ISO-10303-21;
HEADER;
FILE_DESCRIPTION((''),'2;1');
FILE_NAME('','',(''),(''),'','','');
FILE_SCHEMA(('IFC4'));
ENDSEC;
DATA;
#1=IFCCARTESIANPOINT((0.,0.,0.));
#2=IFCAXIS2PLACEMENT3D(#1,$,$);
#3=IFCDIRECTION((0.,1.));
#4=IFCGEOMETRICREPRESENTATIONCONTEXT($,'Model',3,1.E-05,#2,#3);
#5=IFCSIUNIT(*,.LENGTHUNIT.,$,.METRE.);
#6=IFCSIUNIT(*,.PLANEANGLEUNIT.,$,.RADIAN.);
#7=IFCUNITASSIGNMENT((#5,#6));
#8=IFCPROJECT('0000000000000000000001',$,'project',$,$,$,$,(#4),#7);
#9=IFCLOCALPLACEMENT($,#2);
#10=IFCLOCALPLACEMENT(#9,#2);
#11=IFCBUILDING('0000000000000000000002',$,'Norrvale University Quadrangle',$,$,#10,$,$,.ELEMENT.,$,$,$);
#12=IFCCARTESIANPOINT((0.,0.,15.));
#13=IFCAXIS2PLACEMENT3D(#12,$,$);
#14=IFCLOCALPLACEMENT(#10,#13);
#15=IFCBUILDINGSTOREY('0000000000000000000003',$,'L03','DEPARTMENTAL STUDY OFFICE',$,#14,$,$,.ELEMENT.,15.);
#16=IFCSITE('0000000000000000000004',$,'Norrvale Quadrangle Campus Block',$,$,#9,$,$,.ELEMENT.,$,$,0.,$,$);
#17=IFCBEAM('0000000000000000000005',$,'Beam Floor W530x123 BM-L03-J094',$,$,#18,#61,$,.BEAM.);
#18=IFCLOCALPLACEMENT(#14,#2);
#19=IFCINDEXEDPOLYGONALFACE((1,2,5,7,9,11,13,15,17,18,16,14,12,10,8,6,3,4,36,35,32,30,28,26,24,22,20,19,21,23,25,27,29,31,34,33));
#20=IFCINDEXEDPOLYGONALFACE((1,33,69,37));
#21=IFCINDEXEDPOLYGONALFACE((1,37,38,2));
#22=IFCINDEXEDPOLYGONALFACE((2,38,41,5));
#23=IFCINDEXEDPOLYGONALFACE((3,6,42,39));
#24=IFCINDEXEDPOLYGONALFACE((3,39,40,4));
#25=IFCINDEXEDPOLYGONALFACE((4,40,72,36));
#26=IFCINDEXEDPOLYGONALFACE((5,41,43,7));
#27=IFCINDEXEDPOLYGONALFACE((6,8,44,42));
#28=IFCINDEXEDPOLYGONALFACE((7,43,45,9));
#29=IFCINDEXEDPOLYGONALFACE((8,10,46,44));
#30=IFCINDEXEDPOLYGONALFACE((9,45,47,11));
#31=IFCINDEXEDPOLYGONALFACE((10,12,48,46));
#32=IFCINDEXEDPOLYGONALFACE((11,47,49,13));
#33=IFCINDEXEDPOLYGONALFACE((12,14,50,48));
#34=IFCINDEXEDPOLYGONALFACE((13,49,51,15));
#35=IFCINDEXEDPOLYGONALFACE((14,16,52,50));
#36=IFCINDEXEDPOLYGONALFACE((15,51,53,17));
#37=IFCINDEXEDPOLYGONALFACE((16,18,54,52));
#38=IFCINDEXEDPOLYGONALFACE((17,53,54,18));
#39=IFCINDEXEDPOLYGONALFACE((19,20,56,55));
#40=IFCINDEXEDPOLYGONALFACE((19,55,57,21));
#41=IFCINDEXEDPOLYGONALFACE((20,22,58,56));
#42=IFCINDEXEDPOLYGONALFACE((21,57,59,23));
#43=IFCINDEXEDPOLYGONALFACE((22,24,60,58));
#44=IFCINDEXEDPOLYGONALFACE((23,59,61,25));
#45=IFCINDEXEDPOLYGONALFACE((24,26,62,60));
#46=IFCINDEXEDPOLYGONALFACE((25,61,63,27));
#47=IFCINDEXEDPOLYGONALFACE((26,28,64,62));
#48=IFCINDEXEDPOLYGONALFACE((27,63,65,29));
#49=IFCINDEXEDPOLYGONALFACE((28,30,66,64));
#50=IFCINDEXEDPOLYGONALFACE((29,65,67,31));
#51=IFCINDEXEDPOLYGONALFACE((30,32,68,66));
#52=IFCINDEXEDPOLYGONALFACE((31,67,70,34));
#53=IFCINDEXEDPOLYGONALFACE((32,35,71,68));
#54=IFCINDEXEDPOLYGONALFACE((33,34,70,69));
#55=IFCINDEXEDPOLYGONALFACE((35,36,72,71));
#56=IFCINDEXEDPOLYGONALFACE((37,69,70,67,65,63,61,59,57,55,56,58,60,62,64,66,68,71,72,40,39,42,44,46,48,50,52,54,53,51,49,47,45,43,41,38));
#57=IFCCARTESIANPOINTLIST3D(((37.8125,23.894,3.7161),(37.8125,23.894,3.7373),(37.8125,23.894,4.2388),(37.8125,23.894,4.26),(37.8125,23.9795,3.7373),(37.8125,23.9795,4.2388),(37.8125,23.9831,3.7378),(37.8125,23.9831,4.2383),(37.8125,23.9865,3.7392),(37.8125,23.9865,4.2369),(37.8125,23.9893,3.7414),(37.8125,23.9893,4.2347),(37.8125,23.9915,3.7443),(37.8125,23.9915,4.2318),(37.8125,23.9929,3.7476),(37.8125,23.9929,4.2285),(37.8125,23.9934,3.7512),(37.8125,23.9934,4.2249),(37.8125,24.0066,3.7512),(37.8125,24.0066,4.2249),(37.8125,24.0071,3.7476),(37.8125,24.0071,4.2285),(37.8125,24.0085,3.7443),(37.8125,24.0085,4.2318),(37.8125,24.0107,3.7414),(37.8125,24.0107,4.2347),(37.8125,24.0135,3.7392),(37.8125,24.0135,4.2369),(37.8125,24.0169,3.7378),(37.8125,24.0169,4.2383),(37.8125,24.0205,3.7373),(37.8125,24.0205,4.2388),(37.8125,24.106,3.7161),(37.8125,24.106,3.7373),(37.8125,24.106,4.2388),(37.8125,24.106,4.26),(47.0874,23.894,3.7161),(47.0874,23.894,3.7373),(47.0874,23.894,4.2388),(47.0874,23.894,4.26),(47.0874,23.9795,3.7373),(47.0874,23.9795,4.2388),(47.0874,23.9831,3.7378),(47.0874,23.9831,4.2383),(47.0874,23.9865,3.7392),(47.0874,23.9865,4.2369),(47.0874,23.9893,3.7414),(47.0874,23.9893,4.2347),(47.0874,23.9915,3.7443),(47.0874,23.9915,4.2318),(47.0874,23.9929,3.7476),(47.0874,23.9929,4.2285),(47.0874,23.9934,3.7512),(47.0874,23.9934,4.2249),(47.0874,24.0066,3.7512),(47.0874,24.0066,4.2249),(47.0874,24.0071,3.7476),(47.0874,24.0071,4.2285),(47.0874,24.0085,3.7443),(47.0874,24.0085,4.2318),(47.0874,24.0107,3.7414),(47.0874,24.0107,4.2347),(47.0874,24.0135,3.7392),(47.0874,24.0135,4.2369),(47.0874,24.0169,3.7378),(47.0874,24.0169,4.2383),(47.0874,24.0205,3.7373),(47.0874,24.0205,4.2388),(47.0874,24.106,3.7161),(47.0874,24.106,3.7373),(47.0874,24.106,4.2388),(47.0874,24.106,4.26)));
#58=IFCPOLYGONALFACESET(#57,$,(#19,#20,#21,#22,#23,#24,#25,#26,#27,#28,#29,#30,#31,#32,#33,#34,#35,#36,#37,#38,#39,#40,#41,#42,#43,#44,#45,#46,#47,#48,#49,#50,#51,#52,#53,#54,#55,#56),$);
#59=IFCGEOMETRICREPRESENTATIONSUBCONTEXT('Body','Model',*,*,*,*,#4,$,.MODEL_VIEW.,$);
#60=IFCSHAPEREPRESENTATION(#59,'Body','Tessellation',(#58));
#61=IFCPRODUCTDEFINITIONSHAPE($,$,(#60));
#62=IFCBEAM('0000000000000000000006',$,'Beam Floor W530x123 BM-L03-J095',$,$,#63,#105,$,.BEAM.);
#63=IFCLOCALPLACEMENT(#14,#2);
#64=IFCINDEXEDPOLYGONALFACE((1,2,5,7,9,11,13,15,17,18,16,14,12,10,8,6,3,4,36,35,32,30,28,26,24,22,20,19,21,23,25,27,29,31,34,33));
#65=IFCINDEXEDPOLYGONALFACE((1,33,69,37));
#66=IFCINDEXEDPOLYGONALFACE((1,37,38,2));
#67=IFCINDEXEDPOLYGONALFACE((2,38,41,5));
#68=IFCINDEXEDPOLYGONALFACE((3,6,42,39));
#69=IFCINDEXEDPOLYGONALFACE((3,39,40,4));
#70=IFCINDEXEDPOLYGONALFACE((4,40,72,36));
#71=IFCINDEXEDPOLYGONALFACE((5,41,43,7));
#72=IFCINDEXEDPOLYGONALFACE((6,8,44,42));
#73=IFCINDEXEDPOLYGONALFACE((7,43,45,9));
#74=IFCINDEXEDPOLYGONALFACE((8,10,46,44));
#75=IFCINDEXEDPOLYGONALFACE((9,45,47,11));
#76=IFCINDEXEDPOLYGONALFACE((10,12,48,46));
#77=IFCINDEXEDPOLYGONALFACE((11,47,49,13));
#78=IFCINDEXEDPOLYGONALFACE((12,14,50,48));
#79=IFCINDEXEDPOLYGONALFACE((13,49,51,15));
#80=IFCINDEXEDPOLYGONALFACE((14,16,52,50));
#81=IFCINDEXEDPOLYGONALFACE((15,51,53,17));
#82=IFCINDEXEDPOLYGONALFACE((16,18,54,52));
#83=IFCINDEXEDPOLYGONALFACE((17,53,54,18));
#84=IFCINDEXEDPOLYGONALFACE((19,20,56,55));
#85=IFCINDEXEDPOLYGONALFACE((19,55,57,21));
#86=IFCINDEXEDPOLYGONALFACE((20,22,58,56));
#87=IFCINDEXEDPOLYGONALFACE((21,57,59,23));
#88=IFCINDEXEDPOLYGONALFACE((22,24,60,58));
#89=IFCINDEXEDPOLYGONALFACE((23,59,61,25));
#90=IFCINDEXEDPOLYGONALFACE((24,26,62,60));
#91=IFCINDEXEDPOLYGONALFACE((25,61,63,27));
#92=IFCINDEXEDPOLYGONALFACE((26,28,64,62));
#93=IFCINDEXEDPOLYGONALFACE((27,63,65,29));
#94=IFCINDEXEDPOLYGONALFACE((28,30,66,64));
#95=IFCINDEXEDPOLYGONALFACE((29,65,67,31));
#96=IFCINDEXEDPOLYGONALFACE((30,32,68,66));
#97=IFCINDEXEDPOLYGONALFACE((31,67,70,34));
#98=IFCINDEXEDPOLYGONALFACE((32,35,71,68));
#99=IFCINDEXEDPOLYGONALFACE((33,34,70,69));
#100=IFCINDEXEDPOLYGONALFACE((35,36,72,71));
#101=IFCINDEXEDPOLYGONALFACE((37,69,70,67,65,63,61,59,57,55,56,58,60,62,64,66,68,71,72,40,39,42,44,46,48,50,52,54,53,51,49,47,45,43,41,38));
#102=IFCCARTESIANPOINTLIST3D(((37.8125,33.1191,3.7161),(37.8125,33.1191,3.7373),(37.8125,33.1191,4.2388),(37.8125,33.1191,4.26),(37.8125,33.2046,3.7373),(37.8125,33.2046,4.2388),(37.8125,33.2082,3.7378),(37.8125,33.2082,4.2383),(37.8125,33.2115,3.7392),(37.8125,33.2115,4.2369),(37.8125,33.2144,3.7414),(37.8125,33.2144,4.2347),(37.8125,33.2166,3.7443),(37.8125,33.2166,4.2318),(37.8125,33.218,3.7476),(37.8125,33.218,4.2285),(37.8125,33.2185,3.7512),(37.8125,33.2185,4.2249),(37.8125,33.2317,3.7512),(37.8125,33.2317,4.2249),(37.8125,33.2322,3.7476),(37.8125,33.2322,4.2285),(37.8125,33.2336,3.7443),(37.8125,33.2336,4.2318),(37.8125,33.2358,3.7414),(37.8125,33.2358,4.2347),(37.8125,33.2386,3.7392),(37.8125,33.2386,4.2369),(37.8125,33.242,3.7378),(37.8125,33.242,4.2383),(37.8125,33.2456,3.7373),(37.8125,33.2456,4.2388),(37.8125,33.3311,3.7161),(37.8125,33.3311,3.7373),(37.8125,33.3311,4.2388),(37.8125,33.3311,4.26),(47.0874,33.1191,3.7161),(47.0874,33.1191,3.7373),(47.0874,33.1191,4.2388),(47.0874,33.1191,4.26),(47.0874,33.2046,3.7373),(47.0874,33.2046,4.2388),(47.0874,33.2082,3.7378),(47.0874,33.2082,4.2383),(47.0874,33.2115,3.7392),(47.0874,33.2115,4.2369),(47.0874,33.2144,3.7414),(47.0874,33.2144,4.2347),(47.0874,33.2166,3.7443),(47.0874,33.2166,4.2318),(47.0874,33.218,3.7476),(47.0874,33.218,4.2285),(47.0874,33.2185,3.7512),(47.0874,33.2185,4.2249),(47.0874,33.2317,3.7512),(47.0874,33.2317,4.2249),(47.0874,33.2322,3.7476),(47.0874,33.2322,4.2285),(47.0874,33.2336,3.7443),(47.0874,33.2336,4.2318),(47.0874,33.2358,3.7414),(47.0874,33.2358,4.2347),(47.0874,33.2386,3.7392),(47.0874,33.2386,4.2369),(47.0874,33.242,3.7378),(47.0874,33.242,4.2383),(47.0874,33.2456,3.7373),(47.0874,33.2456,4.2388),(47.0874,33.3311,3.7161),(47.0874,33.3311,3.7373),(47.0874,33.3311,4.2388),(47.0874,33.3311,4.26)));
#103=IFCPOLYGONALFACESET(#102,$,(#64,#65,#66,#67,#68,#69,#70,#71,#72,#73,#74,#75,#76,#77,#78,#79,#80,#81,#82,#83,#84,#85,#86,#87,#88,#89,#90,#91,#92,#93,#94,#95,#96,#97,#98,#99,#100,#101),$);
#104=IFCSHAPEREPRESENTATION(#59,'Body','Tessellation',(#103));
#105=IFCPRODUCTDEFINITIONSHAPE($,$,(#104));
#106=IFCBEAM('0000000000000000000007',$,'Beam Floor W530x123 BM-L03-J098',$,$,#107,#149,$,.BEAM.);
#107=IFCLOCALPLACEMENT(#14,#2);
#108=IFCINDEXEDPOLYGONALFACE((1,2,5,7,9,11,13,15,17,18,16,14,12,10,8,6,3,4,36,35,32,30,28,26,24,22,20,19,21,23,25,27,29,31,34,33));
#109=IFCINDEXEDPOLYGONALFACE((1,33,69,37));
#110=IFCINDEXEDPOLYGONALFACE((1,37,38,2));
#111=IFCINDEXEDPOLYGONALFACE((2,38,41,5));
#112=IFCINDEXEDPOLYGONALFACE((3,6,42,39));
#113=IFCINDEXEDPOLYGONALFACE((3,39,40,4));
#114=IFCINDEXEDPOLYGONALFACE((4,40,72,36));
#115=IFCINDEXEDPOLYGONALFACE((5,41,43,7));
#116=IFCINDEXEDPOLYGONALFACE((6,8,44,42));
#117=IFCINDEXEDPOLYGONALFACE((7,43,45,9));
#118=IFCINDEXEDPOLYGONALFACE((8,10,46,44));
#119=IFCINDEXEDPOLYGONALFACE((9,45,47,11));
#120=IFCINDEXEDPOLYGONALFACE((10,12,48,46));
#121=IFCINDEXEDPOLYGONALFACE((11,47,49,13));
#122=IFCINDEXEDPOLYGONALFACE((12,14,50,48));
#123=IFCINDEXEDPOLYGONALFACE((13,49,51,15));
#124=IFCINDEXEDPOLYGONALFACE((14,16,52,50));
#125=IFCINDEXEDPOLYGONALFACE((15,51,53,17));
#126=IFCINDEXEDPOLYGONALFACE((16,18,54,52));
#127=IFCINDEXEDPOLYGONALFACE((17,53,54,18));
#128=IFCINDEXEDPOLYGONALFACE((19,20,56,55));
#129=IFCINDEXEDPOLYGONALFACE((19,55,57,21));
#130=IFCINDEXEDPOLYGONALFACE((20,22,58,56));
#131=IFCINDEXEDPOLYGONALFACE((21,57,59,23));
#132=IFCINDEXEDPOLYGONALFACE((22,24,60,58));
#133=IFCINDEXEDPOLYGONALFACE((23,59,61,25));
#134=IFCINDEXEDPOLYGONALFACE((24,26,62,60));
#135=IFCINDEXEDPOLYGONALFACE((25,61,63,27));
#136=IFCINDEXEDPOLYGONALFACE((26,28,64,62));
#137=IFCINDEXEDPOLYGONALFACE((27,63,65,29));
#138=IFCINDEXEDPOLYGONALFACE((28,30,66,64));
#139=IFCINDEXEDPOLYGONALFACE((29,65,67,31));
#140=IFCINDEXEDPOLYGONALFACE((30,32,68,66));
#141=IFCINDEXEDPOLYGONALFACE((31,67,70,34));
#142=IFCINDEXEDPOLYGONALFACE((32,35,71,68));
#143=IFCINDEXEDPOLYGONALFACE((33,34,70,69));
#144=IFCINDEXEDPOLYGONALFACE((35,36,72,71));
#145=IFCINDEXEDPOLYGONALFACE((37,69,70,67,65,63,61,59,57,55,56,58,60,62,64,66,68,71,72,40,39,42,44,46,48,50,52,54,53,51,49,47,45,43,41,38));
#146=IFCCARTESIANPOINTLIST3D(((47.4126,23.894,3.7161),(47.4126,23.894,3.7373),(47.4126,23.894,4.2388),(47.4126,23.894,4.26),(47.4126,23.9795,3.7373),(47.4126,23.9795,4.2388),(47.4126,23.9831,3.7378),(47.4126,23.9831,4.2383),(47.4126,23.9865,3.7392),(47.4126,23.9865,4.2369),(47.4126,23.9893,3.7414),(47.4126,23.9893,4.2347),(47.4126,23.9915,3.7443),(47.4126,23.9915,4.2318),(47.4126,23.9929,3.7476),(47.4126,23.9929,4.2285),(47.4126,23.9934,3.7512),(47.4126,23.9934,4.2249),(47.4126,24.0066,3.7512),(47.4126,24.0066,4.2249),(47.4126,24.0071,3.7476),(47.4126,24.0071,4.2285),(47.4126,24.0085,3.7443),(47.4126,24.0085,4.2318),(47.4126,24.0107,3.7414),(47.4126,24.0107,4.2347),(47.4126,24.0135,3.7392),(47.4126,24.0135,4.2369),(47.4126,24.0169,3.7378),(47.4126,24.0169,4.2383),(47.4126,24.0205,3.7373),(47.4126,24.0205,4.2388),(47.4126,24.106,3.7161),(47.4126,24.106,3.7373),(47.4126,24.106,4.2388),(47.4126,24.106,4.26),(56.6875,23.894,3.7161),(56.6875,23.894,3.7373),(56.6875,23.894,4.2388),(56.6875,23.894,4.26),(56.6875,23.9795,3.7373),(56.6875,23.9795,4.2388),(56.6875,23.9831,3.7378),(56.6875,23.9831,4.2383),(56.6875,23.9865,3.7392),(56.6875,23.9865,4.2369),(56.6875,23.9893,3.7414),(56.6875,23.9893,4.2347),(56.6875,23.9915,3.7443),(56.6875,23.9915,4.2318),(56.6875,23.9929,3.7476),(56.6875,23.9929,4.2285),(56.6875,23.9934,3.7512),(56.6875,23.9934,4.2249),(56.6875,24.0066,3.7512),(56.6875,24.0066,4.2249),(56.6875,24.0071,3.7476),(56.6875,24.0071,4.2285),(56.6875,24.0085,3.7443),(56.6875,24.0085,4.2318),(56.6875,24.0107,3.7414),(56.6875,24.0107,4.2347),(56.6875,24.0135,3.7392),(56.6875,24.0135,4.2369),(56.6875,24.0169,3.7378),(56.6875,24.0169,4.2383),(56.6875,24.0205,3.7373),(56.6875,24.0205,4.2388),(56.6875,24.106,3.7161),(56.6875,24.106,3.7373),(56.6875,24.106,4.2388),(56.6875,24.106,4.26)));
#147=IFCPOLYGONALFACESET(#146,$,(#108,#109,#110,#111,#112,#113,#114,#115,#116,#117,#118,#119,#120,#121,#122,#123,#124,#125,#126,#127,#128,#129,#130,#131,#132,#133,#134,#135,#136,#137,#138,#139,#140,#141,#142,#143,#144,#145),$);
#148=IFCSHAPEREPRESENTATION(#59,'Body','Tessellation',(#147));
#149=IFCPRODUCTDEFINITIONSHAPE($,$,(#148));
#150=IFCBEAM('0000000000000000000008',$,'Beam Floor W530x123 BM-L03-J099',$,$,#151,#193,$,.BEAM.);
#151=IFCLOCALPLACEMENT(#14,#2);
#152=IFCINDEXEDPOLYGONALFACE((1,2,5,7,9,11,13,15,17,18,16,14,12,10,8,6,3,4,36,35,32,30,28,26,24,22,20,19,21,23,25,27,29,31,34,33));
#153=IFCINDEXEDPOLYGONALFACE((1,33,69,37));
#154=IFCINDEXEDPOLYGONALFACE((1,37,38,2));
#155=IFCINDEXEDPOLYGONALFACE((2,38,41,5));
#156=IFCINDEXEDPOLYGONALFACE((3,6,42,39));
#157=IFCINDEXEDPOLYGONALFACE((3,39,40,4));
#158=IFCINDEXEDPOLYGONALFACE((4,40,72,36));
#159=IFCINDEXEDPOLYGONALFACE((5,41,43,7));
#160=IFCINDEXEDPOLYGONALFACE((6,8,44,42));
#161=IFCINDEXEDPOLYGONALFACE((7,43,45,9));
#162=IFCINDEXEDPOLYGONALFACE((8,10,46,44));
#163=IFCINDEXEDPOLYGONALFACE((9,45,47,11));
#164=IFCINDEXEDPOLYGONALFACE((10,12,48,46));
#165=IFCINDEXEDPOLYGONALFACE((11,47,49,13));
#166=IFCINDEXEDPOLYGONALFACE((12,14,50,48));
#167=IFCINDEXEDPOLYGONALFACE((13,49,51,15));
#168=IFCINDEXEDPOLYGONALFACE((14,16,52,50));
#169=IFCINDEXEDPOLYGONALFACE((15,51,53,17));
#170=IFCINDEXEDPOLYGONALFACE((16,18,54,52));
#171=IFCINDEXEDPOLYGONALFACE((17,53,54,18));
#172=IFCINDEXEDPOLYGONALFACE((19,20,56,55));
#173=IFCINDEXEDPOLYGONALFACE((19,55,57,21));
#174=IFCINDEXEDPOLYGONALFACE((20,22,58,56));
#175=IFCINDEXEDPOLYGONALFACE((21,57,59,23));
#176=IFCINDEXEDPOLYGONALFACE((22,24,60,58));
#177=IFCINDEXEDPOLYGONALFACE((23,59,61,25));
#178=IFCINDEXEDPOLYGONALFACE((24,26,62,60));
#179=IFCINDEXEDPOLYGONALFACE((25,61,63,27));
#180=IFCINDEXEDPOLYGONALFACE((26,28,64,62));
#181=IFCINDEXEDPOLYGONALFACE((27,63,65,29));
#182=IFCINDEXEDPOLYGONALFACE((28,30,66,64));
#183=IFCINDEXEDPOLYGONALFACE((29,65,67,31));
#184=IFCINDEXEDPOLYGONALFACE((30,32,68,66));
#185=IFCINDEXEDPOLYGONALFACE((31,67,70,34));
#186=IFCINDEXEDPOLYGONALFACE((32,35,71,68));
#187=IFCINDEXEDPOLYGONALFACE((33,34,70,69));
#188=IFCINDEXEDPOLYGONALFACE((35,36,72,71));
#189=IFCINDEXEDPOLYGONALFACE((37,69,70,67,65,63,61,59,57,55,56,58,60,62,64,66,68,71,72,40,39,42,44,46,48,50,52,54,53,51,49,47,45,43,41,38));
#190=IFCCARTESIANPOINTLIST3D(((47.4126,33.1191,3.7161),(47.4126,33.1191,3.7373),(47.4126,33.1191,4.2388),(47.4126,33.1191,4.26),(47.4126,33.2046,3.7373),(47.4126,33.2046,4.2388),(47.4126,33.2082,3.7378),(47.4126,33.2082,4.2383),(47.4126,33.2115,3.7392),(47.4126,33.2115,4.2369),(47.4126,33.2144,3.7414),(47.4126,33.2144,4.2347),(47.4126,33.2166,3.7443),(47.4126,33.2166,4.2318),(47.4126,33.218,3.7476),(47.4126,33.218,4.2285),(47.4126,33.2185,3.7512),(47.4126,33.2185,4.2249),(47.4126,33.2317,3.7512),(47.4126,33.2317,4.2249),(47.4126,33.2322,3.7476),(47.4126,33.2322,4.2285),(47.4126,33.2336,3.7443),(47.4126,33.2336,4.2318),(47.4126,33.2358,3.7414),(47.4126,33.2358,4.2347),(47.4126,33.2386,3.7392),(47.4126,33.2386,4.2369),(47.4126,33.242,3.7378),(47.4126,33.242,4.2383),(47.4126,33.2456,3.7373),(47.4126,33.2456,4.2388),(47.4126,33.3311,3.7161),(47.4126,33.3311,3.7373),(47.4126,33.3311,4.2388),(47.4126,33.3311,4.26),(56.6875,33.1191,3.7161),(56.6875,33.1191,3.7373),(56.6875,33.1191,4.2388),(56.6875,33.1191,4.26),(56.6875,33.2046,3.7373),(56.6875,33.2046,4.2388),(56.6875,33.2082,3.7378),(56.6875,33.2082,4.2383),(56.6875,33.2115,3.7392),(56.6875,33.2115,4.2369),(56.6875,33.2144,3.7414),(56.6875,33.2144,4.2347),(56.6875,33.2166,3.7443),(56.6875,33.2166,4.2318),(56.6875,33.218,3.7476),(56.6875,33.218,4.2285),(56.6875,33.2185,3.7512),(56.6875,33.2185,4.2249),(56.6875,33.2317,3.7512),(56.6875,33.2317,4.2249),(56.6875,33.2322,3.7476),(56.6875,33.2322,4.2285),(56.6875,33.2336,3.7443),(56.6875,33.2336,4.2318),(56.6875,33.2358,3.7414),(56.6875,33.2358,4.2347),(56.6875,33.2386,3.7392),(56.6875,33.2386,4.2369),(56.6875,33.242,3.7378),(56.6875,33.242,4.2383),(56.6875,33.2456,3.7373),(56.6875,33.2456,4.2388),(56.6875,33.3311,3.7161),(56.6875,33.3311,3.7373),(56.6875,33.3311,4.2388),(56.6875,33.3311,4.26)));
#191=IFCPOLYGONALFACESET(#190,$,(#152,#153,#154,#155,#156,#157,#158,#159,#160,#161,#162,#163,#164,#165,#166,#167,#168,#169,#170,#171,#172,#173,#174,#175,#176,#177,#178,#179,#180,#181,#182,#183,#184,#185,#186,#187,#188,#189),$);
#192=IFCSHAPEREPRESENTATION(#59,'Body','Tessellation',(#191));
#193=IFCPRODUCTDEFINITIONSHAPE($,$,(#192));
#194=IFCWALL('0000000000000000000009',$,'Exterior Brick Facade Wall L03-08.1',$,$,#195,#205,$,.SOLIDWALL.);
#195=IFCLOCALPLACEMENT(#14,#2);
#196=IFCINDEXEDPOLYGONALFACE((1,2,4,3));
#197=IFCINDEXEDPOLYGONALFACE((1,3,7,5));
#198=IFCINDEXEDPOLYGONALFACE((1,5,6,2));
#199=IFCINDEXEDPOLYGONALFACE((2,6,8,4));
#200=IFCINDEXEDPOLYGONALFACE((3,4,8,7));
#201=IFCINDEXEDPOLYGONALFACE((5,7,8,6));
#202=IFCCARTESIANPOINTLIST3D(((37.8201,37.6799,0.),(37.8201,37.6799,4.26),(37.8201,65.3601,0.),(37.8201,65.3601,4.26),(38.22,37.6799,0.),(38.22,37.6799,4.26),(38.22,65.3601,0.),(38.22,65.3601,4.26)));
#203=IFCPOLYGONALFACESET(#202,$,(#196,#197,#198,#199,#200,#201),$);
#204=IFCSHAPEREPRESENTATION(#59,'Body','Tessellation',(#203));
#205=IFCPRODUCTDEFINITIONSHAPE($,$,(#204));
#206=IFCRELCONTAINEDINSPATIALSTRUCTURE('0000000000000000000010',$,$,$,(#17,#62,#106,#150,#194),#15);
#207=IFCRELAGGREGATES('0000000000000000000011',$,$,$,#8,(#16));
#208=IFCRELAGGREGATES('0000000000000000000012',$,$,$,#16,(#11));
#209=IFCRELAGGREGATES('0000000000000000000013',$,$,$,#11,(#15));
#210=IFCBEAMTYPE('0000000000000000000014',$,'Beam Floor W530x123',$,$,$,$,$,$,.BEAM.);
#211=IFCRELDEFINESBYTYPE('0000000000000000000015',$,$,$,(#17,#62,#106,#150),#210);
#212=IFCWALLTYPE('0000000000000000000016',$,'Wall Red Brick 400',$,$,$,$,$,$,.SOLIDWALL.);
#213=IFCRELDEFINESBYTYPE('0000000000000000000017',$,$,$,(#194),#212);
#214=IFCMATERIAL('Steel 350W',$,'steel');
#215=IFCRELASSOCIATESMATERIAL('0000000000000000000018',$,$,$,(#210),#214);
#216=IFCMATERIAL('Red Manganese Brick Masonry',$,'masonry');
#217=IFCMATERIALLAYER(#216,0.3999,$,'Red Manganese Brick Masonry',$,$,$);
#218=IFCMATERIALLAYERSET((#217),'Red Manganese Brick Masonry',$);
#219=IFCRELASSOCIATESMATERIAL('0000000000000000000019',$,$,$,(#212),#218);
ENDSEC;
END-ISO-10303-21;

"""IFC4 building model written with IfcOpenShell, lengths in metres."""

from ifc_helpers import new_model, si_unit, direction, frame, frame_2d, origin, origin_2d, place, context, subcontext, project, spatial, rectangle, i_section, extrude, material, layer, layer_set, material_profile, profile_set, type_object, element, save


model = new_model("IFC4")

# Units and contexts
model_context = context("Model", 3, precision=1e-05, world=origin(), true_north=direction((0.0, 1.0)))
body_context = subcontext(model_context, "Body", "Model", "MODEL_VIEW")
ifc_project = project(units=[si_unit("LENGTHUNIT", "METRE"), si_unit("PLANEANGLEUNIT", "RADIAN")], contexts=[model_context])

# Site, building, storey
site_placement = place(None, origin())
site = spatial("IfcSite", under=ifc_project, at=site_placement, Name="Norrvale Quadrangle Campus Block", CompositionType="ELEMENT", RefElevation=0.0)
building_placement = place(site_placement, origin())
building = spatial("IfcBuilding", under=site, at=building_placement, Name="Norrvale University Quadrangle", CompositionType="ELEMENT")
storey_placement = place(building_placement, frame((0.0, 0.0, 15.0)))
storey = spatial("IfcBuildingStorey", under=building, at=storey_placement, Name="L03", Description="DEPARTMENTAL STUDY OFFICE", CompositionType="ELEMENT", Elevation=15.0)

# Beams
ifc_material_1 = material(Name="Steel 350W", Category="steel")
ifc_material_profile_1 = material_profile(ifc_material_1, i_section(OverallWidth=0.2119, OverallDepth=0.5439, WebThickness=0.0132, FlangeThickness=0.0212, FilletRadius=0.0139, at=origin_2d()), Name="Steel 350W")
ifc_profile_set_1 = profile_set([ifc_material_profile_1], Name="Steel 350W")
beam_type_1 = type_object("IfcBeamType", Name="Beam Floor W530x123", PredefinedType="BEAM", material=ifc_profile_set_1)
for number, where, z_axis, x_axis, name in (
    (1, (37.8125, 24.0, 3.988), (1.0, 0.0, 0.0), (0.0, 1.0, 0.0), "Beam Floor W530x123 BM-L03-J094"),
    (2, (37.8125, 33.2251, 3.988), (1.0, 0.0, 0.0), (0.0, 1.0, 0.0), "Beam Floor W530x123 BM-L03-J095"),
    (3, (47.4126, 24.0, 3.988), (1.0, 0.0, 0.0), (0.0, 1.0, 0.0), "Beam Floor W530x123 BM-L03-J098"),
    (4, (47.4126, 33.2251, 3.988), (1.0, 0.0, 0.0), (0.0, 1.0, 0.0), "Beam Floor W530x123 BM-L03-J099"),
):
    element("IfcBeam", number, at=place(storey_placement, frame(where, z_axis=z_axis, x_axis=x_axis)), inside=storey, type_object=beam_type_1, Name=name, PredefinedType="BEAM", context=body_context, shape_type="SweptSolid", body=[
        extrude(i_section(OverallWidth=0.2119, OverallDepth=0.5439, WebThickness=0.0132, FlangeThickness=0.0212, FilletRadius=0.0139, at=origin_2d()), origin(), (0.0, 0.0, 1.0), 9.2749),
    ])

# Wall
ifc_material_2 = material(Name="Red Manganese Brick Masonry", Category="masonry")
ifc_layer = layer(ifc_material_2, 0.3999, Name="Red Manganese Brick Masonry")
ifc_layer_set = layer_set([ifc_layer], Name="Red Manganese Brick Masonry")
wall_type = type_object("IfcWallType", Name="Wall Red Brick 400", PredefinedType="SOLIDWALL", material=ifc_layer_set)
wall_1_placement = place(storey_placement, frame((38.02, 37.6799, 0.0), z_axis=(0.0, 0.0, 1.0), x_axis=(0.0, 1.0, 0.0)))
element("IfcWall", 5, at=wall_1_placement, inside=storey, type_object=wall_type, Name="Exterior Brick Facade Wall L03-08.1", PredefinedType="SOLIDWALL", context=body_context, shape_type="SweptSolid", body=[
    extrude(rectangle(XDim=27.6802, YDim=0.3999, at=frame_2d((13.8401, 0.0))), origin(), (0.0, 0.0, 1.0), 4.26),
])

save(model, "model.ifc")
